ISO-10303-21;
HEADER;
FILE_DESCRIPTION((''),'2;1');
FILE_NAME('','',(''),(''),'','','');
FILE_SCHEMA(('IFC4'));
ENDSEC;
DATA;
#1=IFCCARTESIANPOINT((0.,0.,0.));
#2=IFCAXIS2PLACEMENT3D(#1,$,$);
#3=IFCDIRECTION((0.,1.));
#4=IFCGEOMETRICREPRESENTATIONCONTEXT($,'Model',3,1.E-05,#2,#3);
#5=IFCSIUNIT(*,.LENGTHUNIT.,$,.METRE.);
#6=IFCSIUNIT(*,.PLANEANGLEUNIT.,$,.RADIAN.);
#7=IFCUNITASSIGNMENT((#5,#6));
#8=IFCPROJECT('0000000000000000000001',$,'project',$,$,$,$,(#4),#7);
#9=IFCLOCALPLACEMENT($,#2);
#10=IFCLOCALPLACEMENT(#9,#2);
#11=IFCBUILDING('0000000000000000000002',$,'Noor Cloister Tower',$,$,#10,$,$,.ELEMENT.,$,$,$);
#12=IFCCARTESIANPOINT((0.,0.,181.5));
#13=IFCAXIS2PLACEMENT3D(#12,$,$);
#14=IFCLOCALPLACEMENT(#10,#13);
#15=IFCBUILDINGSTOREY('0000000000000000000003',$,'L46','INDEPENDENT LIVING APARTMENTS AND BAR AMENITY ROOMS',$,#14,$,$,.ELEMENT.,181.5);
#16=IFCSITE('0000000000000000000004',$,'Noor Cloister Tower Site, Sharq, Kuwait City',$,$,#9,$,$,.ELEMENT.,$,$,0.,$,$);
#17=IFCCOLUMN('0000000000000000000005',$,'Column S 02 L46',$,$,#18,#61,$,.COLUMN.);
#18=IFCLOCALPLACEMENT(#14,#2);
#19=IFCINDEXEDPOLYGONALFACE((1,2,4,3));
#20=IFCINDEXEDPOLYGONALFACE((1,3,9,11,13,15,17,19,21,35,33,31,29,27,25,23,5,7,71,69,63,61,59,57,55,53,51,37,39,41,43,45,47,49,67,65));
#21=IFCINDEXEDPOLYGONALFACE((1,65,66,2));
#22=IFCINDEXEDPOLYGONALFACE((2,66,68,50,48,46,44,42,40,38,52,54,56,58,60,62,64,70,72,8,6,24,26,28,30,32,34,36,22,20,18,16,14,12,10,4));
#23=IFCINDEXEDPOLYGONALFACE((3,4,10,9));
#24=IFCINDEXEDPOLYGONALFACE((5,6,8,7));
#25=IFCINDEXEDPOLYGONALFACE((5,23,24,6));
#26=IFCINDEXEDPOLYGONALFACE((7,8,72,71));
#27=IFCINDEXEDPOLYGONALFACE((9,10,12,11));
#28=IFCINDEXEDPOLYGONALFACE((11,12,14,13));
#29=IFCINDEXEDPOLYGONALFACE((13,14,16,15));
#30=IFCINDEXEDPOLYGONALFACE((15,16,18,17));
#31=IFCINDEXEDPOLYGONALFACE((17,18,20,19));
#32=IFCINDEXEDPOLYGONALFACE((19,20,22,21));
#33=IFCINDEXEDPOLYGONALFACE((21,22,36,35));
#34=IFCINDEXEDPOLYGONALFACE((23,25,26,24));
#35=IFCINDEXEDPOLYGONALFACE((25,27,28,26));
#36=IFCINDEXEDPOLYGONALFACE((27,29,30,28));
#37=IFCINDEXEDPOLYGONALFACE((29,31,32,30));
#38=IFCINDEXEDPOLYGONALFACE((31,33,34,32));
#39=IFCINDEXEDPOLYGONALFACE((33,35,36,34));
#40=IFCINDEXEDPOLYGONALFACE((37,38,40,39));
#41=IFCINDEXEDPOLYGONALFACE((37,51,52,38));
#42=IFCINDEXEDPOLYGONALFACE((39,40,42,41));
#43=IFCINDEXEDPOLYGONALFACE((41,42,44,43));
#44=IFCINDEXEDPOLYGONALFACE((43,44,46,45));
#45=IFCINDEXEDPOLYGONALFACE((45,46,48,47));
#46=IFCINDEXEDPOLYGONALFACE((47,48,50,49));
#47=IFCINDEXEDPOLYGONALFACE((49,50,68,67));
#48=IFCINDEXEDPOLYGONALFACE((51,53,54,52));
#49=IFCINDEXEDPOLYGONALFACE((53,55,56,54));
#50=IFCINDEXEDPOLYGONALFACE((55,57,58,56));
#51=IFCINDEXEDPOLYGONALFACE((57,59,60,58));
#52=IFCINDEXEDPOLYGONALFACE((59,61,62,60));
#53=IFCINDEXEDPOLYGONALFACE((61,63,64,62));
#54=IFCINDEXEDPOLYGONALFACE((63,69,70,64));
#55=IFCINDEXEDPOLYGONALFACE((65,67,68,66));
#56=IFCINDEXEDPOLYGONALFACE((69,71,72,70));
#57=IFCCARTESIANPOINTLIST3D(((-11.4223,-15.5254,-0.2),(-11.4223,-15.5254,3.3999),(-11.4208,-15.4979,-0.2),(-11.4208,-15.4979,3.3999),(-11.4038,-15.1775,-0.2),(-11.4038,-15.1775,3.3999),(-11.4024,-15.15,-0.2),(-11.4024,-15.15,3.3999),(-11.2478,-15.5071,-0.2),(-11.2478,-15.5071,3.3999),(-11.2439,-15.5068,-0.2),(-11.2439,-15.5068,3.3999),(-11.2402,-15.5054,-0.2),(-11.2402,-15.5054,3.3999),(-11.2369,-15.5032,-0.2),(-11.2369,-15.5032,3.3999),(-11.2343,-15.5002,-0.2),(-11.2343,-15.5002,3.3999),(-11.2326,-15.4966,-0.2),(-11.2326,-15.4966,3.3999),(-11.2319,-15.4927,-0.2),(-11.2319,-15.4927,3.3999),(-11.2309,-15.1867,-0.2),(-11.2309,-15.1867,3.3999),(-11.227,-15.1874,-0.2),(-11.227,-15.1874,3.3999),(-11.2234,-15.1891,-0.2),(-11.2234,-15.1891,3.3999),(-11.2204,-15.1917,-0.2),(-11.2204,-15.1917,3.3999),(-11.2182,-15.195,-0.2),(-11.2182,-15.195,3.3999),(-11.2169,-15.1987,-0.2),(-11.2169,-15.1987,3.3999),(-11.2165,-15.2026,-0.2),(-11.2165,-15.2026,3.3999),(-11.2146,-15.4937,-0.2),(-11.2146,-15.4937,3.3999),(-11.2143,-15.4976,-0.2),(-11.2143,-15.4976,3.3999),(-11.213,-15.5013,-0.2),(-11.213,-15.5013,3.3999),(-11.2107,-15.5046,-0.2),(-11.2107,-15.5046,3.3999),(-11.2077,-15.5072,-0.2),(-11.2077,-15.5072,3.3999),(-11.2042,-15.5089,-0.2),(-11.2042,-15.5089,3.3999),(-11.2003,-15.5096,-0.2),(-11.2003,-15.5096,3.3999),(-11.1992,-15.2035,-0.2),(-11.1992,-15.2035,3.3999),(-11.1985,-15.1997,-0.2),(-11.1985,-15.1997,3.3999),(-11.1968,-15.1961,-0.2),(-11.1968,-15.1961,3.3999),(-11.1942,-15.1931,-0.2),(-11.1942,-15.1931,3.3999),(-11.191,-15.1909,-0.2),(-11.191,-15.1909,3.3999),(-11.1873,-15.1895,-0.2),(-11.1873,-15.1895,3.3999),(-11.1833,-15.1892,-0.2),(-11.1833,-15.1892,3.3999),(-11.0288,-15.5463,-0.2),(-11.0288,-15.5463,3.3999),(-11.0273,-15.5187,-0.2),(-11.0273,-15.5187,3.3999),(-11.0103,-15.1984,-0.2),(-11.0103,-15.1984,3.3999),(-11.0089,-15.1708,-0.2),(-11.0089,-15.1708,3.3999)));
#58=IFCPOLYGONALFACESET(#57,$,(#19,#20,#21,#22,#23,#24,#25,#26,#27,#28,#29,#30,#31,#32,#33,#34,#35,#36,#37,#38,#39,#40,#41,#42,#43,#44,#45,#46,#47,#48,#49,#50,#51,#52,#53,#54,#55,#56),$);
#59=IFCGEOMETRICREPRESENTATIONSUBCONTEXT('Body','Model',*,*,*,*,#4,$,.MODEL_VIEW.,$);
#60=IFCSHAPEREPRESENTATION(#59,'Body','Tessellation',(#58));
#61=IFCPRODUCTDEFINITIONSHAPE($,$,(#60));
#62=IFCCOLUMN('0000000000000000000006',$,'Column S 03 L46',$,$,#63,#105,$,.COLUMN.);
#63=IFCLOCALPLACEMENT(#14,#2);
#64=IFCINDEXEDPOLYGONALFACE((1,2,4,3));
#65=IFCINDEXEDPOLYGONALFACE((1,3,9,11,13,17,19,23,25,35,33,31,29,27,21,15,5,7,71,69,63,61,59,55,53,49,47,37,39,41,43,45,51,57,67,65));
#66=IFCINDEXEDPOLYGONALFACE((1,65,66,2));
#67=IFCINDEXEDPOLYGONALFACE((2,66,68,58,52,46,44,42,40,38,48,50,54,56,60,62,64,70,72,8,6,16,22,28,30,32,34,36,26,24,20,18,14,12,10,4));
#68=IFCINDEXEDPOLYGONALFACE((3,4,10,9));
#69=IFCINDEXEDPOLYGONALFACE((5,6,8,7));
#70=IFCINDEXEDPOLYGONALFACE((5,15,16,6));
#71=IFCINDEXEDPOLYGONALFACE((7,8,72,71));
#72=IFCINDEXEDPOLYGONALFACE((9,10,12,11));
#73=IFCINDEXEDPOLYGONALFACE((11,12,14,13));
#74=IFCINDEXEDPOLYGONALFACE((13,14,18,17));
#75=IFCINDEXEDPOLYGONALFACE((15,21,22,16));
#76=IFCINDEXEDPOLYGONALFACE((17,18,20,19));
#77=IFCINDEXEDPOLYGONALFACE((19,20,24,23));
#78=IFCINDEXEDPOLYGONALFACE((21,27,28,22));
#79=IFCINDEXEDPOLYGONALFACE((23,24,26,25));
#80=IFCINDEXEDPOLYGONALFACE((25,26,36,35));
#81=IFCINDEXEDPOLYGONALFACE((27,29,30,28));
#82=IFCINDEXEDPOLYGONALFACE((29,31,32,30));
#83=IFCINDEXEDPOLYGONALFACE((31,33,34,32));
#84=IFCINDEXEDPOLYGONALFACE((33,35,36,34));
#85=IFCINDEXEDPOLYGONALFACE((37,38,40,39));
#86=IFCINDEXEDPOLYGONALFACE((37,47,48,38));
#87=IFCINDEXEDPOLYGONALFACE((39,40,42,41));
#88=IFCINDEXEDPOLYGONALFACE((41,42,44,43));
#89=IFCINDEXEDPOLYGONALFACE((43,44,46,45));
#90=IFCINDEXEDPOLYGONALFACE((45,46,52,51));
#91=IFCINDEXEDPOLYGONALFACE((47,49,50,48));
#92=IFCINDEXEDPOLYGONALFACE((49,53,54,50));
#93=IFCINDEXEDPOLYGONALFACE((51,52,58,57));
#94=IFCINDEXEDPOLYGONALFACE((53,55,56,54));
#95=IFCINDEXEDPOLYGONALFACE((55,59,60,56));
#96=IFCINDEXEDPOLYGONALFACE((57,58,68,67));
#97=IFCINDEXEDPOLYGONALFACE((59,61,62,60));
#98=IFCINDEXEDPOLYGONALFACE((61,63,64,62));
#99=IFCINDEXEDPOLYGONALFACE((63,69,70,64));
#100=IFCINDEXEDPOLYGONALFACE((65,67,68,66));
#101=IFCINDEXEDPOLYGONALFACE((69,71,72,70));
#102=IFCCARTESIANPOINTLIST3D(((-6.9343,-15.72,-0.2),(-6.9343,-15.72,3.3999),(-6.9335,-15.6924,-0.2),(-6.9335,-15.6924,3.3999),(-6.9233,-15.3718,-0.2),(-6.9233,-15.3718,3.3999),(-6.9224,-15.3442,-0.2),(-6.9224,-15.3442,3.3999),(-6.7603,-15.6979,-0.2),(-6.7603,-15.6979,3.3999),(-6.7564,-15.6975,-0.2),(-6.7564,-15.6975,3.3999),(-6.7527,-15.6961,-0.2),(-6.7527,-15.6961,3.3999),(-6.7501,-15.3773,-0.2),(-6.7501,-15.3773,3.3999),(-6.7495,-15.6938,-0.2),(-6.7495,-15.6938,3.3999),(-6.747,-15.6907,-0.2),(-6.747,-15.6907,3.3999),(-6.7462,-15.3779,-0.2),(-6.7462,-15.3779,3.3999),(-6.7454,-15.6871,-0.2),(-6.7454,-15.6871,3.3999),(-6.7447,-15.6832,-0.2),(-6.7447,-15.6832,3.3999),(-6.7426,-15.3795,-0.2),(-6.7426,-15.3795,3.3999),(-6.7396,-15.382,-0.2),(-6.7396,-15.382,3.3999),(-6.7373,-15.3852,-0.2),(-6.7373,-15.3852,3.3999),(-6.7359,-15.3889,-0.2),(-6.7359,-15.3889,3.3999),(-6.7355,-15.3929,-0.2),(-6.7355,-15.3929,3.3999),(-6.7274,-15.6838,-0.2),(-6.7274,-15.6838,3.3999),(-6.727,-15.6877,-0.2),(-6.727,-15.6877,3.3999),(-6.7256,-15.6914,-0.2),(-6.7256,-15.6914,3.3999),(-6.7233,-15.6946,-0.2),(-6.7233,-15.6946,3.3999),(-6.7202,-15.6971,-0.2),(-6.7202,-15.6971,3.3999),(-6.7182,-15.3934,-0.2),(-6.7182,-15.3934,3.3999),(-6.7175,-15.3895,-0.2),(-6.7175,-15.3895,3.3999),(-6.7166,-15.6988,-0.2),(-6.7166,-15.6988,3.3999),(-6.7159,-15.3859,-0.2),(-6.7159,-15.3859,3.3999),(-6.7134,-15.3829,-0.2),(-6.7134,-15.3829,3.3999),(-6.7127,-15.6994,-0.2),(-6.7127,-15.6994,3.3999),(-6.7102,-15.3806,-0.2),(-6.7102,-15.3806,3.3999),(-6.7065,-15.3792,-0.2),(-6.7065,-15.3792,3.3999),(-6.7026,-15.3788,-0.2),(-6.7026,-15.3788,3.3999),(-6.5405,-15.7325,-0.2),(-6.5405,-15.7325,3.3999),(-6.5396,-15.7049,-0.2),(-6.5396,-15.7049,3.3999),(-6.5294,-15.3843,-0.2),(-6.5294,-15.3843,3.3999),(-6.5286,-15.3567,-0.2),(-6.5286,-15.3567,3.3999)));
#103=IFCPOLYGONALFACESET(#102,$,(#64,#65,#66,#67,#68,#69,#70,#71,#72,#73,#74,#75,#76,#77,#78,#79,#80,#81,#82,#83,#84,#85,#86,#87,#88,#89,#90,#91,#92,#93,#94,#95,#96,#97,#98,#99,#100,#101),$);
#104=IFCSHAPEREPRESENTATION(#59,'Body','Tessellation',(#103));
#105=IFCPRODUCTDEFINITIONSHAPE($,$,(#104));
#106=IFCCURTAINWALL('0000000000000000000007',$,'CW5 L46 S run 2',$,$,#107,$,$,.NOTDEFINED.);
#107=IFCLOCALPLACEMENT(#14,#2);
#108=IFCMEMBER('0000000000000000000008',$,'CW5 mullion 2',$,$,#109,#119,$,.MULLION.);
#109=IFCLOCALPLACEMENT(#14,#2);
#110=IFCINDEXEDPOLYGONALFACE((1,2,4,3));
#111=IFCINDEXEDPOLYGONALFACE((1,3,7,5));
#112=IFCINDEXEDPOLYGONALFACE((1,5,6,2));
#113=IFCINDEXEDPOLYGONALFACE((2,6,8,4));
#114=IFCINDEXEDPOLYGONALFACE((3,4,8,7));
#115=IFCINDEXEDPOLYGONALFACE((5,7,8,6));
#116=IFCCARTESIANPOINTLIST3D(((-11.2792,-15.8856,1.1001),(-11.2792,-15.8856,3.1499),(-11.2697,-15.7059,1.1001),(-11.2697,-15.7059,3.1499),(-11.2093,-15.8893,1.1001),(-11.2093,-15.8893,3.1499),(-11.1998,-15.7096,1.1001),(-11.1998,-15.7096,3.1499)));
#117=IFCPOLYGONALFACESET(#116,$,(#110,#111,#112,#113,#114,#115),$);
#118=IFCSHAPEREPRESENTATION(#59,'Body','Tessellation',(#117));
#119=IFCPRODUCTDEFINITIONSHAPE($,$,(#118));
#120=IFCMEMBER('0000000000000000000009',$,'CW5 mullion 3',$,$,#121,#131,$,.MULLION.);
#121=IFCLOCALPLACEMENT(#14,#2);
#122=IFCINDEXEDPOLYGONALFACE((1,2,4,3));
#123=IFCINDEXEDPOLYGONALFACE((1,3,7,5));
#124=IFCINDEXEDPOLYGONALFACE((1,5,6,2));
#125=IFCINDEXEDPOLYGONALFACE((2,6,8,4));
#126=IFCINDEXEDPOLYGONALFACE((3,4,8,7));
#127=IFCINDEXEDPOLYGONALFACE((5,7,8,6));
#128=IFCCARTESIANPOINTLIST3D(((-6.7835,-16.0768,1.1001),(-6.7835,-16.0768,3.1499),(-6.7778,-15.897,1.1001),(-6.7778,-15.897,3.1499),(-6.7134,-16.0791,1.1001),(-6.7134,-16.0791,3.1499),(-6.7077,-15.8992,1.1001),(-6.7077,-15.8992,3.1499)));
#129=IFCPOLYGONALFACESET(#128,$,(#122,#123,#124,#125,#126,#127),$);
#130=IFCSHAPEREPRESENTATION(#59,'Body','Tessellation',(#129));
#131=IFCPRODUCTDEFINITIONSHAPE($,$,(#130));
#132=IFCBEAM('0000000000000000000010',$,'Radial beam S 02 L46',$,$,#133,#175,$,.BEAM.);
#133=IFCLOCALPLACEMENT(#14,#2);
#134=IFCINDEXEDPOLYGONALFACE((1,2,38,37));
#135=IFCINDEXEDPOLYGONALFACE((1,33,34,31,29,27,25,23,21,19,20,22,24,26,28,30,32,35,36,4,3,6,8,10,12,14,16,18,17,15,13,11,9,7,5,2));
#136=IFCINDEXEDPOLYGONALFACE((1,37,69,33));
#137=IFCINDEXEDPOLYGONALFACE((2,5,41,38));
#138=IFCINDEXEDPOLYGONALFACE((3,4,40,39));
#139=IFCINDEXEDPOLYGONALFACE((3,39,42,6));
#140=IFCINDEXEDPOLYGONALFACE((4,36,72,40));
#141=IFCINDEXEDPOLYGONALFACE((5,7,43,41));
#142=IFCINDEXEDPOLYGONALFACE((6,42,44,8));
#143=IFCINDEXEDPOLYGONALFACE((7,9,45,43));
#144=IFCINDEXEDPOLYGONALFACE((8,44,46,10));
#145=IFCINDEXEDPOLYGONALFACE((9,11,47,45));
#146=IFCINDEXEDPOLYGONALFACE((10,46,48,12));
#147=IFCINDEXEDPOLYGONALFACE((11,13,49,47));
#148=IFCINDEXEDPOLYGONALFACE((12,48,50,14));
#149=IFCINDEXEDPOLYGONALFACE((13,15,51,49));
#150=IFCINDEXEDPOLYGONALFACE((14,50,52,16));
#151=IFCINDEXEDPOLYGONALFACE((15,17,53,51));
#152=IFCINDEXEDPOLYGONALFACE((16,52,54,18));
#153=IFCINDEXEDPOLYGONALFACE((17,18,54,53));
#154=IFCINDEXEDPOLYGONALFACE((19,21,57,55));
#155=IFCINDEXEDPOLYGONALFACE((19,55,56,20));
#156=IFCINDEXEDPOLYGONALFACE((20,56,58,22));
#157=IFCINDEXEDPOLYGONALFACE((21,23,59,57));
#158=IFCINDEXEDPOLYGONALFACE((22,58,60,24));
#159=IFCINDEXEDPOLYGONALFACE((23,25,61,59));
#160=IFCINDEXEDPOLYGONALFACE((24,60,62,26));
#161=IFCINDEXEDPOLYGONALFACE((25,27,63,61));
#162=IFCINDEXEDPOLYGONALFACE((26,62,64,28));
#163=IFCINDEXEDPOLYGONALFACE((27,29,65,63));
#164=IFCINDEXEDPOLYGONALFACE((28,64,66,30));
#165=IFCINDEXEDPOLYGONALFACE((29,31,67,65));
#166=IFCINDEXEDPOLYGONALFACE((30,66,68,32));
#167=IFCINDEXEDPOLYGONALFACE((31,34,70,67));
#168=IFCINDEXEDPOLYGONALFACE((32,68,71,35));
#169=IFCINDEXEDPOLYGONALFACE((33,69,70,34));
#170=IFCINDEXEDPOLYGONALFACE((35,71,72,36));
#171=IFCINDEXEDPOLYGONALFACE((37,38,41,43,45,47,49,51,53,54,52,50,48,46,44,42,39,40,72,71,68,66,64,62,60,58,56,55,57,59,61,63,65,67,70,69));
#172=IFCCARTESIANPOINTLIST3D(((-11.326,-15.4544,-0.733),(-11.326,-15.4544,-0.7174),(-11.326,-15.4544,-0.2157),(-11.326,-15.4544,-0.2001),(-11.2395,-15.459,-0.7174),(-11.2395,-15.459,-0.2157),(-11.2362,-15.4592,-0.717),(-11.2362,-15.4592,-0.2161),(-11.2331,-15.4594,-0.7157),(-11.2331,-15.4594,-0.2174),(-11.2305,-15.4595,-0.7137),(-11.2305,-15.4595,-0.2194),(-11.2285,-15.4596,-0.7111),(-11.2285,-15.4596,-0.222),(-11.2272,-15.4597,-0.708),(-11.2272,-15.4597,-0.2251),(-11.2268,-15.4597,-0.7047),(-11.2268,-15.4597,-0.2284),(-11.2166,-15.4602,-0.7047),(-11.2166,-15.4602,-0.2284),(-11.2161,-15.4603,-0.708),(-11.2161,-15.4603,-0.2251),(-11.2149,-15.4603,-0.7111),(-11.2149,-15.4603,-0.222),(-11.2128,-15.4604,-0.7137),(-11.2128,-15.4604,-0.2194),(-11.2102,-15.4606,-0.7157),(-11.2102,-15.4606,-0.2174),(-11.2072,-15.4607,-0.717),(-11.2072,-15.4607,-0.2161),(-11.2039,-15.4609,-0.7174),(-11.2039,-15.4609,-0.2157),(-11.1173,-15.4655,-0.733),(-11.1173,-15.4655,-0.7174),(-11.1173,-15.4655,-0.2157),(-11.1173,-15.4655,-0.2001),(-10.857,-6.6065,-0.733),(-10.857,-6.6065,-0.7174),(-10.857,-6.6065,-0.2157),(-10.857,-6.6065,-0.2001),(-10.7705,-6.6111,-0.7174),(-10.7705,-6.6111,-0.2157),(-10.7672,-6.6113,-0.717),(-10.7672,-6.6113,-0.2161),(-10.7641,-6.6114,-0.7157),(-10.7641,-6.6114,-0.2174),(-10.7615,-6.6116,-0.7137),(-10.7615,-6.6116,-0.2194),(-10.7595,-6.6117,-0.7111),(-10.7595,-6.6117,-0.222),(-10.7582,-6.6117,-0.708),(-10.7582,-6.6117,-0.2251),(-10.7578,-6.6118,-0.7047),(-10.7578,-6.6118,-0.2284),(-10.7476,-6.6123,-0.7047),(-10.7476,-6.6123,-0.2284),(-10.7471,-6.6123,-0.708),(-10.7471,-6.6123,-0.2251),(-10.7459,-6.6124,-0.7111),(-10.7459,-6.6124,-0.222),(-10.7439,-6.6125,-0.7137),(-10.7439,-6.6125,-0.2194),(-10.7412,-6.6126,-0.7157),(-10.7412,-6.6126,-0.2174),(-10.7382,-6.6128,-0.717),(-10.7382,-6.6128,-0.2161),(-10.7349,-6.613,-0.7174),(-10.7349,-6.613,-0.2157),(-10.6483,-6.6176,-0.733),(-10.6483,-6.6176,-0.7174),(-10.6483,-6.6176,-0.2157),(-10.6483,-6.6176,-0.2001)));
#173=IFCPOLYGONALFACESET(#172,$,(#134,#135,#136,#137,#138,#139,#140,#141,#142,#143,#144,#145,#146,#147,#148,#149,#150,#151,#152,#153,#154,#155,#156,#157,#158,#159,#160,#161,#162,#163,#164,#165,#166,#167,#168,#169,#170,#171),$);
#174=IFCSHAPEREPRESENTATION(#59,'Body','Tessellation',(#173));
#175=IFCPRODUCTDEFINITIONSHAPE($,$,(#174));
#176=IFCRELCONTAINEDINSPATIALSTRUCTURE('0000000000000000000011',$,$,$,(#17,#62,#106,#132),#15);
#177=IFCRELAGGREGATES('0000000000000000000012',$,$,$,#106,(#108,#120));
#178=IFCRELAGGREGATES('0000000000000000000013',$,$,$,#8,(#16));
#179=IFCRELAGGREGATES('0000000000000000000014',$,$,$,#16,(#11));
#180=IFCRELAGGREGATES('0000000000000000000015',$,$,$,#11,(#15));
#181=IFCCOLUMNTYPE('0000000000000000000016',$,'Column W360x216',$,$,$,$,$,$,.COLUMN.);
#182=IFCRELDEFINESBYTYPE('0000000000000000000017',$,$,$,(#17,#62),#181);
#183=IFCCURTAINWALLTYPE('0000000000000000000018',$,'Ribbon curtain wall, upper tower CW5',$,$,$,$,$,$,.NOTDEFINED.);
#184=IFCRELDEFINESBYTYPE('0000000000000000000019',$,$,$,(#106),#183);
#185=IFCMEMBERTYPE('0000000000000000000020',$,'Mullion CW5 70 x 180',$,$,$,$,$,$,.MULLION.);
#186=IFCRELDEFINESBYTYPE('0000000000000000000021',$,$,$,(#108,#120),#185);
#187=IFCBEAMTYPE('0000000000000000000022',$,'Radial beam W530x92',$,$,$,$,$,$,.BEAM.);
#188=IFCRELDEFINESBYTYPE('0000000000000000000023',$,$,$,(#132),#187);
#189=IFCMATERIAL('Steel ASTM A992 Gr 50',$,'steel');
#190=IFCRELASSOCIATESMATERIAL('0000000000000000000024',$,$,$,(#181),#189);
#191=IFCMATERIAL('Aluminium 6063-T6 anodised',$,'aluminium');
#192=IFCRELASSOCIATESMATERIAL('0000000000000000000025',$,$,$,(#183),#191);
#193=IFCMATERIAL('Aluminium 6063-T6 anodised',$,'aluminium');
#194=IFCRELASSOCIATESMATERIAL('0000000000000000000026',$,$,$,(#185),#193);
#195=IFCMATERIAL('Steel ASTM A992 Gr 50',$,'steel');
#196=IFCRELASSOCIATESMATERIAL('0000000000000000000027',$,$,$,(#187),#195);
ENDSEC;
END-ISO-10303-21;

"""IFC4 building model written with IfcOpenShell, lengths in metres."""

from ifc_helpers import new_model, si_unit, direction, frame, origin, origin_2d, place, context, subcontext, project, spatial, rectangle, i_section, extrude, material, material_profile, profile_set, type_object, element, aggregate, save


model = new_model("IFC4")

# Units and contexts
model_context = context("Model", 3, precision=1e-05, world=origin(), true_north=direction((0.0, 1.0)))
body_context = subcontext(model_context, "Body", "Model", "MODEL_VIEW")
ifc_project = project(units=[si_unit("LENGTHUNIT", "METRE"), si_unit("PLANEANGLEUNIT", "RADIAN")], contexts=[model_context])

# Site, building, storey
site_placement = place(None, origin())
site = spatial("IfcSite", under=ifc_project, at=site_placement, Name="Noor Cloister Tower Site, Sharq, Kuwait City", CompositionType="ELEMENT", RefElevation=0.0)
building_placement = place(site_placement, origin())
building = spatial("IfcBuilding", under=site, at=building_placement, Name="Noor Cloister Tower", CompositionType="ELEMENT")
storey_placement = place(building_placement, frame((0.0, 0.0, 181.5)))
storey = spatial("IfcBuildingStorey", under=building, at=storey_placement, Name="L46", Description="INDEPENDENT LIVING APARTMENTS AND BAR AMENITY ROOMS", CompositionType="ELEMENT", Elevation=181.5)

# Columns
ifc_material_1 = material(Name="Steel ASTM A992 Gr 50", Category="steel")
ifc_material_profile_1 = material_profile(ifc_material_1, i_section(OverallWidth=0.394, OverallDepth=0.376, WebThickness=0.0173, FlangeThickness=0.0276, FilletRadius=0.0151, at=origin_2d()), Name="W360x216")
ifc_profile_set_1 = profile_set([ifc_material_profile_1], Name="Steel ASTM A992 Gr 50")
column_type = type_object("IfcColumnType", Name="Column W360x216", PredefinedType="COLUMN", material=ifc_profile_set_1)
for number, where, z_axis, x_axis, name in (
    (1, (-11.2156, -15.3481, -0.2), (0.0, 0.0, 1.0), (0.998598, -0.052929, 0.0), "Column S 02 L46"),
    (2, (-6.7314, -15.5383, -0.2), (0.0, 0.0, 1.0), (0.999495, -0.031767, 0.0), "Column S 03 L46"),
):
    element("IfcColumn", number, at=place(storey_placement, frame(where, z_axis=z_axis, x_axis=x_axis)), inside=storey, type_object=column_type, Name=name, PredefinedType="COLUMN", context=body_context, shape_type="SweptSolid", body=[
        extrude(i_section(OverallWidth=0.394, OverallDepth=0.376, WebThickness=0.0173, FlangeThickness=0.0276, FilletRadius=0.0151, at=origin_2d()), origin(), (0.0, 0.0, 1.0), 3.5999),
    ])

# Curtain wall, members
ifc_material_2 = material(Name="Aluminium 6063-T6 anodised", Category="aluminium")
curtain_wall_type = type_object("IfcCurtainWallType", Name="Ribbon curtain wall, upper tower CW5", PredefinedType="NOTDEFINED", material=ifc_material_2)
curtain_wall_placement = place(storey_placement, origin())
curtain_wall = element("IfcCurtainWall", 3, at=curtain_wall_placement, inside=storey, type_object=curtain_wall_type, Name="CW5 L46 S run 2", PredefinedType="NOTDEFINED")
ifc_material_3 = material(Name="Aluminium 6063-T6 anodised", Category="aluminium")
ifc_material_profile_2 = material_profile(ifc_material_3, rectangle(XDim=0.1799, YDim=0.0701, at=origin_2d()), Name="180 x 70 mullion")
ifc_profile_set_2 = profile_set([ifc_material_profile_2], Name="Aluminium 6063-T6 anodised")
member_type = type_object("IfcMemberType", Name="Mullion CW5 70 x 180", PredefinedType="MULLION", material=ifc_profile_set_2)
member_1_placement = place(storey_placement, frame((-11.2395, -15.7976, 1.1001), z_axis=(0.0, 0.0, 1.0), x_axis=(0.052929, 0.998598, 0.0)))
member_1 = element("IfcMember", 4, at=member_1_placement, type_object=member_type, Name="CW5 mullion 2", PredefinedType="MULLION", context=body_context, shape_type="SweptSolid", body=[
    extrude(rectangle(XDim=0.1799, YDim=0.0701, at=origin_2d()), origin(), (0.0, 0.0, 1.0), 2.0498),
])
member_2_placement = place(storey_placement, frame((-6.7456, -15.988, 1.1001), z_axis=(0.0, 0.0, 1.0), x_axis=(0.031767, 0.999495, 0.0)))
member_2 = element("IfcMember", 5, at=member_2_placement, type_object=member_type, Name="CW5 mullion 3", PredefinedType="MULLION", context=body_context, shape_type="SweptSolid", body=[
    extrude(rectangle(XDim=0.1799, YDim=0.0701, at=origin_2d()), origin(), (0.0, 0.0, 1.0), 2.0498),
])

# Beam
ifc_material_4 = material(Name="Steel ASTM A992 Gr 50", Category="steel")
ifc_material_profile_3 = material_profile(ifc_material_4, i_section(OverallWidth=0.209, OverallDepth=0.533, WebThickness=0.0103, FlangeThickness=0.0156, FilletRadius=0.0127, at=origin_2d()), Name="W530x92")
ifc_profile_set_3 = profile_set([ifc_material_profile_3], Name="Steel ASTM A992 Gr 50")
beam_type_1 = type_object("IfcBeamType", Name="Radial beam W530x92", PredefinedType="BEAM", material=ifc_profile_set_3)
beam_1_placement = place(storey_placement, frame((-11.2217, -15.46, -0.4666), z_axis=(0.052932, 0.998598, 0.0), x_axis=(-0.998598, 0.052932, 0.0)))
element("IfcBeam", 6, at=beam_1_placement, inside=storey, type_object=beam_type_1, Name="Radial beam S 02 L46", PredefinedType="BEAM", context=body_context, shape_type="SweptSolid", body=[
    extrude(i_section(OverallWidth=0.209, OverallDepth=0.533, WebThickness=0.0103, FlangeThickness=0.0156, FilletRadius=0.0127, at=origin_2d()), origin(), (0.0, 0.0, 1.0), 8.8604),
])

aggregate(curtain_wall, [member_1, member_2])

save(model, "model.ifc")
